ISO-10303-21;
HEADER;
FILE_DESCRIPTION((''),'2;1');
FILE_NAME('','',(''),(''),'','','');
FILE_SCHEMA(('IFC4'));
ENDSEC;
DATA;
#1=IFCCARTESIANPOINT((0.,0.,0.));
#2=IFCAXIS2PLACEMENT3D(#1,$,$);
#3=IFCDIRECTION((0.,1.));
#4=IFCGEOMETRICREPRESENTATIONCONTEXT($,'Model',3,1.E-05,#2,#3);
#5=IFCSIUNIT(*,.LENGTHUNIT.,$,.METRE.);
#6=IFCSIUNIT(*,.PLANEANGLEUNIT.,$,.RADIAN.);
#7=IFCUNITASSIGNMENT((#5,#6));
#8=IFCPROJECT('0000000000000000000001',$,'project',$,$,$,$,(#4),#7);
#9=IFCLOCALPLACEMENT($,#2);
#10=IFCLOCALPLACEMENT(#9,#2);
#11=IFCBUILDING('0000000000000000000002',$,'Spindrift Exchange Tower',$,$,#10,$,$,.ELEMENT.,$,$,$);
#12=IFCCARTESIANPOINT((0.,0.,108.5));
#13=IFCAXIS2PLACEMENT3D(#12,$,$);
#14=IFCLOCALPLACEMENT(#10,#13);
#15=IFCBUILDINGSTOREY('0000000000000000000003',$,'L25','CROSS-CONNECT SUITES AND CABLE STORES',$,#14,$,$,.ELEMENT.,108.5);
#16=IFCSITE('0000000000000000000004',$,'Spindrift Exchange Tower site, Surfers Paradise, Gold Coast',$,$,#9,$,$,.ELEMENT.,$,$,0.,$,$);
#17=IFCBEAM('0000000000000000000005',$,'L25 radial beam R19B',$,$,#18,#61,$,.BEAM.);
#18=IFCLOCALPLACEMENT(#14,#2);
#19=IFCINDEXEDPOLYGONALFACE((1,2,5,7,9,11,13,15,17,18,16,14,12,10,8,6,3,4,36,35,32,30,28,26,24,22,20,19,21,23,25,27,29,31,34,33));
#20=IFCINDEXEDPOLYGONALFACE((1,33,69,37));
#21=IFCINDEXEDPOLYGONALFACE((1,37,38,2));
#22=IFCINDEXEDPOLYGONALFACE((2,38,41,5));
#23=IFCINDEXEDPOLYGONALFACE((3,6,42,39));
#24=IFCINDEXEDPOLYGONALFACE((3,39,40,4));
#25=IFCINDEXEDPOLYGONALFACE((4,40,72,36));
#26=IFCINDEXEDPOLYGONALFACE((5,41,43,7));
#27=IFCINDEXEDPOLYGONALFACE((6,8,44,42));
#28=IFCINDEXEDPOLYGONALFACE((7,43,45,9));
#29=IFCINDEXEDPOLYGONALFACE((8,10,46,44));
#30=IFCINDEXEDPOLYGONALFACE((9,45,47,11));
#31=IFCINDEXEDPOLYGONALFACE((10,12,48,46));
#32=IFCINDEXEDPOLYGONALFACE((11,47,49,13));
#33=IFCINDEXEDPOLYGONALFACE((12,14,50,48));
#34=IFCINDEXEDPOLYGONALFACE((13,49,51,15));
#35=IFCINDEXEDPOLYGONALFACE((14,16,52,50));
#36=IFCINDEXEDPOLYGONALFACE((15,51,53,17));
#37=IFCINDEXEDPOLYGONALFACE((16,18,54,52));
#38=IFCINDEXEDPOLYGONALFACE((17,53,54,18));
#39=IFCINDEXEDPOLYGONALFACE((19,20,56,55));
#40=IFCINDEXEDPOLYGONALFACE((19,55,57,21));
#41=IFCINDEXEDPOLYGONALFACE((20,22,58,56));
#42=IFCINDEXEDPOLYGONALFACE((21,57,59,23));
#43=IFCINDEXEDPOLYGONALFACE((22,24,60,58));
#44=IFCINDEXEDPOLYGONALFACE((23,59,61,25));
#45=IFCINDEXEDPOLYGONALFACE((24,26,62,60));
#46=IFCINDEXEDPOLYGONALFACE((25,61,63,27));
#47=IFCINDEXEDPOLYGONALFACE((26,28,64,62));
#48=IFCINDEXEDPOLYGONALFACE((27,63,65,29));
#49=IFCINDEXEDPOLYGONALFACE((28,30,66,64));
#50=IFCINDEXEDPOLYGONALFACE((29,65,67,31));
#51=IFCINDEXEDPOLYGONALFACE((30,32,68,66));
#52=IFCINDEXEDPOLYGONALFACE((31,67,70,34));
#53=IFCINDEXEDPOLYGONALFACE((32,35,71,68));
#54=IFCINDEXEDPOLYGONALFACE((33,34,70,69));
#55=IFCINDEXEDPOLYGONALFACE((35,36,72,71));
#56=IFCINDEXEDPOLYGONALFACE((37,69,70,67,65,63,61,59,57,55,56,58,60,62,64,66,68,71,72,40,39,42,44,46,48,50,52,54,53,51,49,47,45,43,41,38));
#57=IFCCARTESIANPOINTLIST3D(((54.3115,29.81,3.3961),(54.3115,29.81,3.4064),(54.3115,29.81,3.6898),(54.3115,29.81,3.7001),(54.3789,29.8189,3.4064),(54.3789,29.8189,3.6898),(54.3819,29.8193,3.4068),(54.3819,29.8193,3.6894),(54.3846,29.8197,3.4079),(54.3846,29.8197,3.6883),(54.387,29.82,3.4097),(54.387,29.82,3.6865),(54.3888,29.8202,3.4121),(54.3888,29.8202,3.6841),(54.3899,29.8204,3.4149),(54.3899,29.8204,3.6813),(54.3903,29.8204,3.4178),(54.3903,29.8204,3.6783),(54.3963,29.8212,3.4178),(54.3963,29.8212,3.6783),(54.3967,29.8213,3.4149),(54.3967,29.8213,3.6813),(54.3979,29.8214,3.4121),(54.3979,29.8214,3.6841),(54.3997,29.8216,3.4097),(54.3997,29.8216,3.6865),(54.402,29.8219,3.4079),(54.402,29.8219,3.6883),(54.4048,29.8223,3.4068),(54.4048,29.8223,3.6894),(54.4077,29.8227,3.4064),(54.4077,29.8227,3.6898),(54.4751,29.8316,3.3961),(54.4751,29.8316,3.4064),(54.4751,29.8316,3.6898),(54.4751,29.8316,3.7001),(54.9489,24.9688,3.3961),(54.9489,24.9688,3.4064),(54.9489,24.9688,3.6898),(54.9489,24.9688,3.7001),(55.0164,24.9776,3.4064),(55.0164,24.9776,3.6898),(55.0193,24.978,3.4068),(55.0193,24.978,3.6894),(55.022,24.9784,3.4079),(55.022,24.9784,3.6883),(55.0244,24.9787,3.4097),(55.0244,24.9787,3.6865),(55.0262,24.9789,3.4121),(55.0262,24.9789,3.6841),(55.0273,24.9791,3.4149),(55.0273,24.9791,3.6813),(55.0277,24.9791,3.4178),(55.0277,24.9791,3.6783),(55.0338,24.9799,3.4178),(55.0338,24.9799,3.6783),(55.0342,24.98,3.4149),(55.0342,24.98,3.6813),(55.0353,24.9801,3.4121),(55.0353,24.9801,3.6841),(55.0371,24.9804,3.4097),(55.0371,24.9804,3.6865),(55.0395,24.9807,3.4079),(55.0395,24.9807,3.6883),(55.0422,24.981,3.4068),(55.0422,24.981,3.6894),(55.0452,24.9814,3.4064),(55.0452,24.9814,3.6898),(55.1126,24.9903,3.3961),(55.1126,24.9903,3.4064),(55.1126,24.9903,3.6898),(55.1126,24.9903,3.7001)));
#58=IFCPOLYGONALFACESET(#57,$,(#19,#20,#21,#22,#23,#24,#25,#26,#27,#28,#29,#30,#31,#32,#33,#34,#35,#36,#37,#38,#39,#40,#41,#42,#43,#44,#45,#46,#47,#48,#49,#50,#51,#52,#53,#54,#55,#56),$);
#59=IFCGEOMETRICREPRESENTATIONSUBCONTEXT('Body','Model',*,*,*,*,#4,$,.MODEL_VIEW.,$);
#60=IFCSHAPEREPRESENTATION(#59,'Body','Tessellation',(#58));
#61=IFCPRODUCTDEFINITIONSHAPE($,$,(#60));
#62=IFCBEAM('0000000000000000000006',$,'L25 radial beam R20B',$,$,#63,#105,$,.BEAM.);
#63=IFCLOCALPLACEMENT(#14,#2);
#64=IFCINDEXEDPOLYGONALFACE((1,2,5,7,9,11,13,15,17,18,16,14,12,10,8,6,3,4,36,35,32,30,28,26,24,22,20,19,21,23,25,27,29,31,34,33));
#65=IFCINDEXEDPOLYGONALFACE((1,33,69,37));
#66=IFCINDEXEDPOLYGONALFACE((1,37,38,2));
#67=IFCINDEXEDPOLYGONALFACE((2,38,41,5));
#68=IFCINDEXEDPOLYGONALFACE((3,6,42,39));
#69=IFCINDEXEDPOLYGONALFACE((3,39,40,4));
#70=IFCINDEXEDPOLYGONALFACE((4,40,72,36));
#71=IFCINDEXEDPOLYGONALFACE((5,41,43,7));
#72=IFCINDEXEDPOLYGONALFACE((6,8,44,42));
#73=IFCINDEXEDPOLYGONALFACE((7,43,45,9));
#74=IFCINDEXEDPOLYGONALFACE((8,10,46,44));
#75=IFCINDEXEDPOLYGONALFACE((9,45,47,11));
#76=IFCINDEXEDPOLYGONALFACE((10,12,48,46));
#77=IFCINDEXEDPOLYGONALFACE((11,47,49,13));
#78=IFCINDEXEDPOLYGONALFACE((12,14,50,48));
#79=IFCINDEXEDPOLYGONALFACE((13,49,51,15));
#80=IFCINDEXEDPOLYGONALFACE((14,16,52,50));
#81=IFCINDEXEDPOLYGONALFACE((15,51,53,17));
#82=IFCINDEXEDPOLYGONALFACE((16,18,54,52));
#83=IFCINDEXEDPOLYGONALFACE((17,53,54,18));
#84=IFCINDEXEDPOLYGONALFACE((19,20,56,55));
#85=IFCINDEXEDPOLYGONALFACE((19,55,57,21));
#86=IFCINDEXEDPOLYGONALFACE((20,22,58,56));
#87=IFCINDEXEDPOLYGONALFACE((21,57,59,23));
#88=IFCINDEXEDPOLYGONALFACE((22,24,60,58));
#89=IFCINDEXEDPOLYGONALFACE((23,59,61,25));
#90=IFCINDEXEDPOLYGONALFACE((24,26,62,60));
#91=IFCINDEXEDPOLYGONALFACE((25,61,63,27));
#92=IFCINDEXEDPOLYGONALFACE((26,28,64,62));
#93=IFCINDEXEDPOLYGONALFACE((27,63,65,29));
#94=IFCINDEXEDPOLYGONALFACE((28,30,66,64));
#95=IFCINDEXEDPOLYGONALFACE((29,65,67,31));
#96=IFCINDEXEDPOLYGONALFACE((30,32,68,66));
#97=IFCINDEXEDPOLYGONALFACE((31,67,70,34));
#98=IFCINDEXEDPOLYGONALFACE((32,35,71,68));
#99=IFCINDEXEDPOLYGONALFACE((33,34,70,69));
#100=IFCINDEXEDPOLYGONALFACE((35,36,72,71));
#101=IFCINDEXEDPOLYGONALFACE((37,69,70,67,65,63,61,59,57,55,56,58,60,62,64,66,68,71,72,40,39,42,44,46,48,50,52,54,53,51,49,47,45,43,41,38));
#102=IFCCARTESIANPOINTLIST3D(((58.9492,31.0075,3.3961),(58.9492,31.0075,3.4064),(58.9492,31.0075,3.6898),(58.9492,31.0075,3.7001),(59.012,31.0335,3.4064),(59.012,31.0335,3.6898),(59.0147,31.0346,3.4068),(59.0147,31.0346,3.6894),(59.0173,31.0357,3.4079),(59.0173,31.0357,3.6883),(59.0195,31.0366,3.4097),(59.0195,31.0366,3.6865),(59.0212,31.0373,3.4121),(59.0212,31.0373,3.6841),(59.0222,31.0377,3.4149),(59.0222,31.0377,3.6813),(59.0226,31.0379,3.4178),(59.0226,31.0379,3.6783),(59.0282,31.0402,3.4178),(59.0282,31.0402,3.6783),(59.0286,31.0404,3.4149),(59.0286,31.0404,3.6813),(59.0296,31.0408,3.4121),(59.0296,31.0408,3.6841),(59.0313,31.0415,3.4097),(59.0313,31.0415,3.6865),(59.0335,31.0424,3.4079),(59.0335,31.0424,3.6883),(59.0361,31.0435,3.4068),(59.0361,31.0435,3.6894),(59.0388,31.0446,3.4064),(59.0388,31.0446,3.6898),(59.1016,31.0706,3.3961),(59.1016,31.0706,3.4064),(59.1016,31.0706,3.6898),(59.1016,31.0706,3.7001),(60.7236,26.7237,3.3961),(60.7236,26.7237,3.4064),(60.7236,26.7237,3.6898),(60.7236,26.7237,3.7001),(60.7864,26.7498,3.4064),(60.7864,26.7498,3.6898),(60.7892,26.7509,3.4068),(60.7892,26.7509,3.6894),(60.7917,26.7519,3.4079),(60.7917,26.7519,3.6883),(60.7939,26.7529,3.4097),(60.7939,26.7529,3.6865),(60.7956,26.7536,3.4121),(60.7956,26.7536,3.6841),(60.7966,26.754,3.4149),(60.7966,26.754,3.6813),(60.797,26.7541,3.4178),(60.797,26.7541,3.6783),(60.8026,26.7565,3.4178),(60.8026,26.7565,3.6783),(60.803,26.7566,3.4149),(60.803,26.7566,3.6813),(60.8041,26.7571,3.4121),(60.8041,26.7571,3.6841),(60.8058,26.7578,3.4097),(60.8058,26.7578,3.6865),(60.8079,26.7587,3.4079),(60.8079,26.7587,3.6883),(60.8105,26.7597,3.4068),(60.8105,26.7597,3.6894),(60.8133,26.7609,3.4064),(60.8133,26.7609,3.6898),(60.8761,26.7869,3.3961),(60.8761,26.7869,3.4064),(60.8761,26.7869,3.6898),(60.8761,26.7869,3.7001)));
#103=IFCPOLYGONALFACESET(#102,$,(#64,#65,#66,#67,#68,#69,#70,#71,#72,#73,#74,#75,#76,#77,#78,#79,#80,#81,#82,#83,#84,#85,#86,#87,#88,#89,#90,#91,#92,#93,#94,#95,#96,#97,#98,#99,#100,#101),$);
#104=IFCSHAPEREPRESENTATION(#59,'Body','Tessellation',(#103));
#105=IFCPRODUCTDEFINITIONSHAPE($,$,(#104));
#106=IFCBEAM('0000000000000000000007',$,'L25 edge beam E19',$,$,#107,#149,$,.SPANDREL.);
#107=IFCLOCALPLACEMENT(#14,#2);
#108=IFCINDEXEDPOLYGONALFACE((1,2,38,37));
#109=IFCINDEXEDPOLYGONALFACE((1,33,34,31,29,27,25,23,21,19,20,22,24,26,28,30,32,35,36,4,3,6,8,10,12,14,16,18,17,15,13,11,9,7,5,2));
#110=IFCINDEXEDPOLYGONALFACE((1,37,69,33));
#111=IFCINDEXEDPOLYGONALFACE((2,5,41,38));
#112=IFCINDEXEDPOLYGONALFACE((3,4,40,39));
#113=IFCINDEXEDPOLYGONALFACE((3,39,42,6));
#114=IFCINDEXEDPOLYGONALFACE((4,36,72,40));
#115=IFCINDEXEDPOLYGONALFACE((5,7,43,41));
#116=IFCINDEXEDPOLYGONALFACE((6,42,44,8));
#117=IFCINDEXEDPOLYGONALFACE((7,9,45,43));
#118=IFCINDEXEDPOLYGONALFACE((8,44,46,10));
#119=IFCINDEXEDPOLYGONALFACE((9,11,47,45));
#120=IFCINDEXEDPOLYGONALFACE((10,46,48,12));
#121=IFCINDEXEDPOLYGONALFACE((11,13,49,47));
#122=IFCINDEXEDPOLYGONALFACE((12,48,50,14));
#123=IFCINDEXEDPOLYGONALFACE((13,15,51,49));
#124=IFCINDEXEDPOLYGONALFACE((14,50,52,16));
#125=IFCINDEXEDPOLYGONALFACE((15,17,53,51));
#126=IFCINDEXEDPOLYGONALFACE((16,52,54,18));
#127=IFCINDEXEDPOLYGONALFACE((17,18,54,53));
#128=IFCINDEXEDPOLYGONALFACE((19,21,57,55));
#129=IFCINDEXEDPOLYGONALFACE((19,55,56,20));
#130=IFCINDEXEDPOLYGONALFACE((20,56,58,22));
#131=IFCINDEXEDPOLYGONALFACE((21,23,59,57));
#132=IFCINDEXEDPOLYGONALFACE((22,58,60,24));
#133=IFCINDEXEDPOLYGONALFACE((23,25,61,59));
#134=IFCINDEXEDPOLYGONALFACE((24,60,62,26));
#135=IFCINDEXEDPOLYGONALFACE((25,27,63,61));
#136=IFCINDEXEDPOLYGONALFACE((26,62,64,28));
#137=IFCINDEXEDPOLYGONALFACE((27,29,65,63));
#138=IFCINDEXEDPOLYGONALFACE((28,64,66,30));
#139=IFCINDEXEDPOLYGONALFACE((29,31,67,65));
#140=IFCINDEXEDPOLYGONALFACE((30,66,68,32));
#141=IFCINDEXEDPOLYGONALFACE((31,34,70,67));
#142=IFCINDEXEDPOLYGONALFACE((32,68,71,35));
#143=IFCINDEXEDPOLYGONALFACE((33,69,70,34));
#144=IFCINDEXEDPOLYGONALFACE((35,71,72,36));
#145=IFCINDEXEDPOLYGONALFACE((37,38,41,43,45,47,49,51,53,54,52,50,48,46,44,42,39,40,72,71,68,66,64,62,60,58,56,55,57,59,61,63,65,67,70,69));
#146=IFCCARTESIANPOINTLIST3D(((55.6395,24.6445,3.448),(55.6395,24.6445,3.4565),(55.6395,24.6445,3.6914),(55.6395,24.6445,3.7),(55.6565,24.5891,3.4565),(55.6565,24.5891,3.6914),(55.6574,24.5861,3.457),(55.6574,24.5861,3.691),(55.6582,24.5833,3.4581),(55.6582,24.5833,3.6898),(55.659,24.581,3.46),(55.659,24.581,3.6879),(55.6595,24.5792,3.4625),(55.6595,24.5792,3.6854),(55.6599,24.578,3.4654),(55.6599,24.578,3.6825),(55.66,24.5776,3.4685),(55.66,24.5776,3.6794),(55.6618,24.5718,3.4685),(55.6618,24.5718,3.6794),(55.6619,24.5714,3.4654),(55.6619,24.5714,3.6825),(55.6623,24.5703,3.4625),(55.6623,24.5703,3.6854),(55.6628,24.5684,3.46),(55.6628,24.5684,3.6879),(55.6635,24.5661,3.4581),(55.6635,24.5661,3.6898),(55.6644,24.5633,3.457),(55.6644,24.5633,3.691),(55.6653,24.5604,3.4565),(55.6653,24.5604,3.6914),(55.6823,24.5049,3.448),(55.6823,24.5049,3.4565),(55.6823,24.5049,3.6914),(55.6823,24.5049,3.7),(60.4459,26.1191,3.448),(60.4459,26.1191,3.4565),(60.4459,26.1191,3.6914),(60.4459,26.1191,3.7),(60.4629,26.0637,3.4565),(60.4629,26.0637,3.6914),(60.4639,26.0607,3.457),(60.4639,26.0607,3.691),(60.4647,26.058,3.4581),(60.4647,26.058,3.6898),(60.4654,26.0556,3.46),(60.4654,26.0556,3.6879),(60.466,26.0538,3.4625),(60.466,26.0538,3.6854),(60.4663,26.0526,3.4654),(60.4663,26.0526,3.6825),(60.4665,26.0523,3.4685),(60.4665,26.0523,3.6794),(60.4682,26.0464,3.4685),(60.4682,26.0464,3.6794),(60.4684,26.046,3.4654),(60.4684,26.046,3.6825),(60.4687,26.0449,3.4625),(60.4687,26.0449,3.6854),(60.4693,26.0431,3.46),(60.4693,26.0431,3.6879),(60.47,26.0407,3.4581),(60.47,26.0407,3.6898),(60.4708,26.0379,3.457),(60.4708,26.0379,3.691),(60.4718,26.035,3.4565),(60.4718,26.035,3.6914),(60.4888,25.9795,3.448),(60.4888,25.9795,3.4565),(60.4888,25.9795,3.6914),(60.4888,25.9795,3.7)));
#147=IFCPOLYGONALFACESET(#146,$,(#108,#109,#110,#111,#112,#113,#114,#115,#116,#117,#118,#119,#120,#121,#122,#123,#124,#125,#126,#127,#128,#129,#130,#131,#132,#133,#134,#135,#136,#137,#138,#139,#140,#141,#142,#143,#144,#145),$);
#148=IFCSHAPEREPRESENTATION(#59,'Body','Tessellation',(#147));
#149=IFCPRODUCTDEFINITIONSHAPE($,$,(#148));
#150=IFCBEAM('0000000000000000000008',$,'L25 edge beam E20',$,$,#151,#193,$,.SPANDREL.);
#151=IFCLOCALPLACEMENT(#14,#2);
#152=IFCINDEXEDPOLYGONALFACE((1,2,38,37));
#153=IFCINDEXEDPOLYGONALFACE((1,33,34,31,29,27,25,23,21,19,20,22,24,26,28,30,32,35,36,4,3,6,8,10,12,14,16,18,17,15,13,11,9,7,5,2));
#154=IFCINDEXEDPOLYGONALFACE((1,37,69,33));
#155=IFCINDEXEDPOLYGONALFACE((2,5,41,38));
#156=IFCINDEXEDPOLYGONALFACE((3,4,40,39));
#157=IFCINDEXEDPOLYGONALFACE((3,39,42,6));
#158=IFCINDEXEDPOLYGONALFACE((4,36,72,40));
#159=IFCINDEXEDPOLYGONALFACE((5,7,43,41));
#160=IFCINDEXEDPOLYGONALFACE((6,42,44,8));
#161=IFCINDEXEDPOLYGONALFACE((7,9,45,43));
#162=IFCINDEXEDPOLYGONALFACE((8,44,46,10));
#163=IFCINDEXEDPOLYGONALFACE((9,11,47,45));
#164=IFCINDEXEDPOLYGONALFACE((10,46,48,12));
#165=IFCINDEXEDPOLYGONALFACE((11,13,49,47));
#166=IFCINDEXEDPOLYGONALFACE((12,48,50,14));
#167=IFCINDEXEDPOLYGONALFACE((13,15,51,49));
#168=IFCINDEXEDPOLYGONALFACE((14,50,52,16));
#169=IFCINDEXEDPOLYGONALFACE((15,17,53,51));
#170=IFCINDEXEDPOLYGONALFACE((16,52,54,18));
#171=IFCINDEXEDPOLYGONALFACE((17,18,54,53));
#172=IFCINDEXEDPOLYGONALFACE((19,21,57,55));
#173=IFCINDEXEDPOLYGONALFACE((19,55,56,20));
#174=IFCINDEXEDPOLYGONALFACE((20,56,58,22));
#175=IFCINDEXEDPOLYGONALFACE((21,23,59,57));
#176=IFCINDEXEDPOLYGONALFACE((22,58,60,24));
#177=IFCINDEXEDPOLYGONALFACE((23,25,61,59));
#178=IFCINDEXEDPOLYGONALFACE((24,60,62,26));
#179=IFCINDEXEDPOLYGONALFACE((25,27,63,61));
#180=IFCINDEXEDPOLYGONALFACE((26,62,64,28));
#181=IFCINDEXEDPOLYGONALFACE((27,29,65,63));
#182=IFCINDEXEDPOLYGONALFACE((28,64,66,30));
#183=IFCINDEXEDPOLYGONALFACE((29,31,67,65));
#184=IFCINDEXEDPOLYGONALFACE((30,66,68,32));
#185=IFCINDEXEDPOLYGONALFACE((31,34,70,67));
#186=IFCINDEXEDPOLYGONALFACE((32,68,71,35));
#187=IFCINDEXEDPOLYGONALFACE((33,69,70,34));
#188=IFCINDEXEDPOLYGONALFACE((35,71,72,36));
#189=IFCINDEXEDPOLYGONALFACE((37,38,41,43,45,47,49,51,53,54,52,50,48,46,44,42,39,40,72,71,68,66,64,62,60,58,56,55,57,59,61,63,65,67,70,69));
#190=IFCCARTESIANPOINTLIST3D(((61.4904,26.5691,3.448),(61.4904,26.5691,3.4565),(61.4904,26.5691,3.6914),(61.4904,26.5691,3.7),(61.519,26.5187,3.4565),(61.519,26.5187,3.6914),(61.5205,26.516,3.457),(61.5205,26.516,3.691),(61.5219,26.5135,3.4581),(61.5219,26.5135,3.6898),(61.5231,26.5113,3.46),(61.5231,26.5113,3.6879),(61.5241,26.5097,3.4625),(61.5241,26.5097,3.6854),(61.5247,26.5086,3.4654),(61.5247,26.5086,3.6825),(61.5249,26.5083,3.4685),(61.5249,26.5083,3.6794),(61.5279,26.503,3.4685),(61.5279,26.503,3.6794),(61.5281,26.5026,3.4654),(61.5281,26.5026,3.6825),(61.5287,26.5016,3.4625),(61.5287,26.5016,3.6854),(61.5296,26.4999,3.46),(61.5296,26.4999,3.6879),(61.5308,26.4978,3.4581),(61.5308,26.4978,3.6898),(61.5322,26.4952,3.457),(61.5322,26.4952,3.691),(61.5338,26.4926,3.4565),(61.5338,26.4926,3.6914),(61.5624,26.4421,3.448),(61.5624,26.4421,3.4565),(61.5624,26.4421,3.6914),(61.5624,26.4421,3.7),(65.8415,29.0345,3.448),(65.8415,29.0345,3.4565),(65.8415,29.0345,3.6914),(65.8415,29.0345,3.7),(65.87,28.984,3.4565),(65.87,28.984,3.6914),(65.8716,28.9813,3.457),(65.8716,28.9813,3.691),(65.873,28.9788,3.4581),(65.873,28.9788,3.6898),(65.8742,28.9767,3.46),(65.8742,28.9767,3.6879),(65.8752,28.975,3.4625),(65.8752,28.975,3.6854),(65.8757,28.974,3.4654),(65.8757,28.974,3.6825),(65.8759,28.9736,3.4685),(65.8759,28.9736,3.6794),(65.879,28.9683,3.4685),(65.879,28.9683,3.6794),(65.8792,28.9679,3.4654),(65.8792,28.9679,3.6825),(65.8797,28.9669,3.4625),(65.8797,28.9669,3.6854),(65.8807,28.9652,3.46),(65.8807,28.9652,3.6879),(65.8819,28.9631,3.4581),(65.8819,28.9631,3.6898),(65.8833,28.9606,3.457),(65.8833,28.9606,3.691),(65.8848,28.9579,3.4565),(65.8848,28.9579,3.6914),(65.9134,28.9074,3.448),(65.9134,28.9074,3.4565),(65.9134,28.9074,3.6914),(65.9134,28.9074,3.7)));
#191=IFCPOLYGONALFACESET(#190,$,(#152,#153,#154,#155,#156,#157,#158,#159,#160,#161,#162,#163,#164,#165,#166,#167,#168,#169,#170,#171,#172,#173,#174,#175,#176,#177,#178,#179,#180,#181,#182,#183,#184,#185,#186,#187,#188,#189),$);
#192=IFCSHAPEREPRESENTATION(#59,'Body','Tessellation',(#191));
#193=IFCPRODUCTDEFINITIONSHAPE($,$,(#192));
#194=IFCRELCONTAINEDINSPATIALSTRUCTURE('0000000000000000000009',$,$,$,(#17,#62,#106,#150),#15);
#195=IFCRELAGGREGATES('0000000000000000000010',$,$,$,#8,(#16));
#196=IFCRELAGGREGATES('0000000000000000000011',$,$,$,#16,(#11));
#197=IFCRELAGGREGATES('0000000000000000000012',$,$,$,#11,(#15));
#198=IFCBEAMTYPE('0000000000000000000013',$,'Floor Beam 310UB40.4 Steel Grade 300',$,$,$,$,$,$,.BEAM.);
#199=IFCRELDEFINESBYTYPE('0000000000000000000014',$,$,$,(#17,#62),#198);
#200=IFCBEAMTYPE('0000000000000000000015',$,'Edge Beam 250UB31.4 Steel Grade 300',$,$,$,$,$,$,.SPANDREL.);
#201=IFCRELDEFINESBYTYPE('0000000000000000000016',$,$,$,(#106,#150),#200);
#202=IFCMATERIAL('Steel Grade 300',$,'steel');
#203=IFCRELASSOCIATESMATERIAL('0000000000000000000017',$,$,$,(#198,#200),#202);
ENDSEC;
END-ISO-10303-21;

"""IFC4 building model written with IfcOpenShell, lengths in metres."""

from ifc_helpers import new_model, si_unit, direction, frame, origin, origin_2d, place, context, subcontext, project, spatial, i_section, extrude, source, transform, mapped, material, material_profile, profile_set, type_object, element, save


model = new_model("IFC4")

# Units and contexts
model_context = context("Model", 3, precision=1e-05, world=origin(), true_north=direction((0.0, 1.0)))
body_context = subcontext(model_context, "Body", "Model", "MODEL_VIEW")
ifc_project = project(units=[si_unit("LENGTHUNIT", "METRE"), si_unit("PLANEANGLEUNIT", "RADIAN")], contexts=[model_context])

# Site, building, storey
site_placement = place(None, origin())
site = spatial("IfcSite", under=ifc_project, at=site_placement, Name="Spindrift Exchange Tower site, Surfers Paradise, Gold Coast", CompositionType="ELEMENT", RefElevation=0.0)
building_placement = place(site_placement, origin())
building = spatial("IfcBuilding", under=site, at=building_placement, Name="Spindrift Exchange Tower", CompositionType="ELEMENT")
storey_placement = place(building_placement, frame((0.0, 0.0, 108.5)))
storey = spatial("IfcBuildingStorey", under=building, at=storey_placement, Name="L25", Description="CROSS-CONNECT SUITES AND CABLE STORES", CompositionType="ELEMENT", Elevation=108.5)

# Beams
ifc_material_1 = material(Name="Steel Grade 300", Category="steel")
ifc_material_profile_1 = material_profile(ifc_material_1, i_section(OverallWidth=0.165, OverallDepth=0.304, WebThickness=0.0061, FlangeThickness=0.0103, FilletRadius=0.0115, at=origin_2d()), Name="310UB40.4")
ifc_profile_set_1 = profile_set([ifc_material_profile_1], Name="Steel Grade 300")
beam_type_1 = type_object("IfcBeamType", Name="Floor Beam 310UB40.4 Steel Grade 300", PredefinedType="BEAM", material=ifc_profile_set_1)
shared_shape_1 = source(origin(), body_context, "Body", "SweptSolid", [
    extrude(i_section(OverallWidth=0.165, OverallDepth=0.304, WebThickness=0.0061, FlangeThickness=0.0103, FilletRadius=0.0115, at=origin_2d()), origin(), (0.0, 0.0, 1.0), 4.8831),
])
beam_1_placement = place(storey_placement, frame((54.3933, 29.8208, 3.5481), z_axis=(0.130542, -0.991443, 0.0), x_axis=(0.991443, 0.130542, 0.0)))
element("IfcBeam", 1, at=beam_1_placement, inside=storey, type_object=beam_type_1, Name="L25 radial beam R19B", PredefinedType="BEAM", context=body_context, shape_type="MappedRepresentation", body=[
    mapped(shared_shape_1, transform((0.0, 0.0, 0.0), scale=1.0)),
])
shared_shape_2 = source(origin(), body_context, "Body", "SweptSolid", [
    extrude(i_section(OverallWidth=0.165, OverallDepth=0.304, WebThickness=0.0061, FlangeThickness=0.0103, FilletRadius=0.0115, at=origin_2d()), origin(), (0.0, 0.0, 1.0), 4.6367),
])
beam_2_placement = place(storey_placement, frame((59.0254, 31.0391, 3.5481), z_axis=(0.382693, -0.923876, 0.0), x_axis=(0.923876, 0.382693, 0.0)))
element("IfcBeam", 2, at=beam_2_placement, inside=storey, type_object=beam_type_1, Name="L25 radial beam R20B", PredefinedType="BEAM", context=body_context, shape_type="MappedRepresentation", body=[
    mapped(shared_shape_2, transform((0.0, 0.0, 0.0), scale=1.0)),
])
ifc_material_profile_2 = material_profile(ifc_material_1, i_section(OverallWidth=0.146, OverallDepth=0.252, WebThickness=0.0061, FlangeThickness=0.0085, FilletRadius=0.012, at=origin_2d()), Name="250UB31.4")
ifc_profile_set_2 = profile_set([ifc_material_profile_2], Name="Steel Grade 300")
beam_type_2 = type_object("IfcBeamType", Name="Edge Beam 250UB31.4 Steel Grade 300", PredefinedType="SPANDREL", material=ifc_profile_set_2)
shared_shape_3 = source(origin(), body_context, "Body", "SweptSolid", [
    extrude(i_section(OverallWidth=0.146, OverallDepth=0.252, WebThickness=0.0061, FlangeThickness=0.0085, FilletRadius=0.012, at=origin_2d()), origin(), (0.0, 0.0, 1.0), 5.0276),
])
beam_3_placement = place(storey_placement, frame((55.6609, 24.5747, 3.574), z_axis=(0.956018, 0.293308, 0.0), x_axis=(-0.293308, 0.956018, 0.0)))
element("IfcBeam", 3, at=beam_3_placement, inside=storey, type_object=beam_type_2, Name="L25 edge beam E19", PredefinedType="SPANDREL", context=body_context, shape_type="MappedRepresentation", body=[
    mapped(shared_shape_3, transform((0.0, 0.0, 0.0), scale=1.0)),
])
shared_shape_4 = source(origin(), body_context, "Body", "SweptSolid", [
    extrude(i_section(OverallWidth=0.146, OverallDepth=0.252, WebThickness=0.0061, FlangeThickness=0.0085, FilletRadius=0.012, at=origin_2d()), origin(), (0.0, 0.0, 1.0), 5.001),
])
beam_4_placement = place(storey_placement, frame((61.5264, 26.5056, 3.574), z_axis=(0.870046, 0.492971, 0.0), x_axis=(-0.492971, 0.870046, 0.0)))
element("IfcBeam", 4, at=beam_4_placement, inside=storey, type_object=beam_type_2, Name="L25 edge beam E20", PredefinedType="SPANDREL", context=body_context, shape_type="MappedRepresentation", body=[
    mapped(shared_shape_4, transform((0.0, 0.0, 0.0), scale=1.0)),
])

save(model, "model.ifc")
